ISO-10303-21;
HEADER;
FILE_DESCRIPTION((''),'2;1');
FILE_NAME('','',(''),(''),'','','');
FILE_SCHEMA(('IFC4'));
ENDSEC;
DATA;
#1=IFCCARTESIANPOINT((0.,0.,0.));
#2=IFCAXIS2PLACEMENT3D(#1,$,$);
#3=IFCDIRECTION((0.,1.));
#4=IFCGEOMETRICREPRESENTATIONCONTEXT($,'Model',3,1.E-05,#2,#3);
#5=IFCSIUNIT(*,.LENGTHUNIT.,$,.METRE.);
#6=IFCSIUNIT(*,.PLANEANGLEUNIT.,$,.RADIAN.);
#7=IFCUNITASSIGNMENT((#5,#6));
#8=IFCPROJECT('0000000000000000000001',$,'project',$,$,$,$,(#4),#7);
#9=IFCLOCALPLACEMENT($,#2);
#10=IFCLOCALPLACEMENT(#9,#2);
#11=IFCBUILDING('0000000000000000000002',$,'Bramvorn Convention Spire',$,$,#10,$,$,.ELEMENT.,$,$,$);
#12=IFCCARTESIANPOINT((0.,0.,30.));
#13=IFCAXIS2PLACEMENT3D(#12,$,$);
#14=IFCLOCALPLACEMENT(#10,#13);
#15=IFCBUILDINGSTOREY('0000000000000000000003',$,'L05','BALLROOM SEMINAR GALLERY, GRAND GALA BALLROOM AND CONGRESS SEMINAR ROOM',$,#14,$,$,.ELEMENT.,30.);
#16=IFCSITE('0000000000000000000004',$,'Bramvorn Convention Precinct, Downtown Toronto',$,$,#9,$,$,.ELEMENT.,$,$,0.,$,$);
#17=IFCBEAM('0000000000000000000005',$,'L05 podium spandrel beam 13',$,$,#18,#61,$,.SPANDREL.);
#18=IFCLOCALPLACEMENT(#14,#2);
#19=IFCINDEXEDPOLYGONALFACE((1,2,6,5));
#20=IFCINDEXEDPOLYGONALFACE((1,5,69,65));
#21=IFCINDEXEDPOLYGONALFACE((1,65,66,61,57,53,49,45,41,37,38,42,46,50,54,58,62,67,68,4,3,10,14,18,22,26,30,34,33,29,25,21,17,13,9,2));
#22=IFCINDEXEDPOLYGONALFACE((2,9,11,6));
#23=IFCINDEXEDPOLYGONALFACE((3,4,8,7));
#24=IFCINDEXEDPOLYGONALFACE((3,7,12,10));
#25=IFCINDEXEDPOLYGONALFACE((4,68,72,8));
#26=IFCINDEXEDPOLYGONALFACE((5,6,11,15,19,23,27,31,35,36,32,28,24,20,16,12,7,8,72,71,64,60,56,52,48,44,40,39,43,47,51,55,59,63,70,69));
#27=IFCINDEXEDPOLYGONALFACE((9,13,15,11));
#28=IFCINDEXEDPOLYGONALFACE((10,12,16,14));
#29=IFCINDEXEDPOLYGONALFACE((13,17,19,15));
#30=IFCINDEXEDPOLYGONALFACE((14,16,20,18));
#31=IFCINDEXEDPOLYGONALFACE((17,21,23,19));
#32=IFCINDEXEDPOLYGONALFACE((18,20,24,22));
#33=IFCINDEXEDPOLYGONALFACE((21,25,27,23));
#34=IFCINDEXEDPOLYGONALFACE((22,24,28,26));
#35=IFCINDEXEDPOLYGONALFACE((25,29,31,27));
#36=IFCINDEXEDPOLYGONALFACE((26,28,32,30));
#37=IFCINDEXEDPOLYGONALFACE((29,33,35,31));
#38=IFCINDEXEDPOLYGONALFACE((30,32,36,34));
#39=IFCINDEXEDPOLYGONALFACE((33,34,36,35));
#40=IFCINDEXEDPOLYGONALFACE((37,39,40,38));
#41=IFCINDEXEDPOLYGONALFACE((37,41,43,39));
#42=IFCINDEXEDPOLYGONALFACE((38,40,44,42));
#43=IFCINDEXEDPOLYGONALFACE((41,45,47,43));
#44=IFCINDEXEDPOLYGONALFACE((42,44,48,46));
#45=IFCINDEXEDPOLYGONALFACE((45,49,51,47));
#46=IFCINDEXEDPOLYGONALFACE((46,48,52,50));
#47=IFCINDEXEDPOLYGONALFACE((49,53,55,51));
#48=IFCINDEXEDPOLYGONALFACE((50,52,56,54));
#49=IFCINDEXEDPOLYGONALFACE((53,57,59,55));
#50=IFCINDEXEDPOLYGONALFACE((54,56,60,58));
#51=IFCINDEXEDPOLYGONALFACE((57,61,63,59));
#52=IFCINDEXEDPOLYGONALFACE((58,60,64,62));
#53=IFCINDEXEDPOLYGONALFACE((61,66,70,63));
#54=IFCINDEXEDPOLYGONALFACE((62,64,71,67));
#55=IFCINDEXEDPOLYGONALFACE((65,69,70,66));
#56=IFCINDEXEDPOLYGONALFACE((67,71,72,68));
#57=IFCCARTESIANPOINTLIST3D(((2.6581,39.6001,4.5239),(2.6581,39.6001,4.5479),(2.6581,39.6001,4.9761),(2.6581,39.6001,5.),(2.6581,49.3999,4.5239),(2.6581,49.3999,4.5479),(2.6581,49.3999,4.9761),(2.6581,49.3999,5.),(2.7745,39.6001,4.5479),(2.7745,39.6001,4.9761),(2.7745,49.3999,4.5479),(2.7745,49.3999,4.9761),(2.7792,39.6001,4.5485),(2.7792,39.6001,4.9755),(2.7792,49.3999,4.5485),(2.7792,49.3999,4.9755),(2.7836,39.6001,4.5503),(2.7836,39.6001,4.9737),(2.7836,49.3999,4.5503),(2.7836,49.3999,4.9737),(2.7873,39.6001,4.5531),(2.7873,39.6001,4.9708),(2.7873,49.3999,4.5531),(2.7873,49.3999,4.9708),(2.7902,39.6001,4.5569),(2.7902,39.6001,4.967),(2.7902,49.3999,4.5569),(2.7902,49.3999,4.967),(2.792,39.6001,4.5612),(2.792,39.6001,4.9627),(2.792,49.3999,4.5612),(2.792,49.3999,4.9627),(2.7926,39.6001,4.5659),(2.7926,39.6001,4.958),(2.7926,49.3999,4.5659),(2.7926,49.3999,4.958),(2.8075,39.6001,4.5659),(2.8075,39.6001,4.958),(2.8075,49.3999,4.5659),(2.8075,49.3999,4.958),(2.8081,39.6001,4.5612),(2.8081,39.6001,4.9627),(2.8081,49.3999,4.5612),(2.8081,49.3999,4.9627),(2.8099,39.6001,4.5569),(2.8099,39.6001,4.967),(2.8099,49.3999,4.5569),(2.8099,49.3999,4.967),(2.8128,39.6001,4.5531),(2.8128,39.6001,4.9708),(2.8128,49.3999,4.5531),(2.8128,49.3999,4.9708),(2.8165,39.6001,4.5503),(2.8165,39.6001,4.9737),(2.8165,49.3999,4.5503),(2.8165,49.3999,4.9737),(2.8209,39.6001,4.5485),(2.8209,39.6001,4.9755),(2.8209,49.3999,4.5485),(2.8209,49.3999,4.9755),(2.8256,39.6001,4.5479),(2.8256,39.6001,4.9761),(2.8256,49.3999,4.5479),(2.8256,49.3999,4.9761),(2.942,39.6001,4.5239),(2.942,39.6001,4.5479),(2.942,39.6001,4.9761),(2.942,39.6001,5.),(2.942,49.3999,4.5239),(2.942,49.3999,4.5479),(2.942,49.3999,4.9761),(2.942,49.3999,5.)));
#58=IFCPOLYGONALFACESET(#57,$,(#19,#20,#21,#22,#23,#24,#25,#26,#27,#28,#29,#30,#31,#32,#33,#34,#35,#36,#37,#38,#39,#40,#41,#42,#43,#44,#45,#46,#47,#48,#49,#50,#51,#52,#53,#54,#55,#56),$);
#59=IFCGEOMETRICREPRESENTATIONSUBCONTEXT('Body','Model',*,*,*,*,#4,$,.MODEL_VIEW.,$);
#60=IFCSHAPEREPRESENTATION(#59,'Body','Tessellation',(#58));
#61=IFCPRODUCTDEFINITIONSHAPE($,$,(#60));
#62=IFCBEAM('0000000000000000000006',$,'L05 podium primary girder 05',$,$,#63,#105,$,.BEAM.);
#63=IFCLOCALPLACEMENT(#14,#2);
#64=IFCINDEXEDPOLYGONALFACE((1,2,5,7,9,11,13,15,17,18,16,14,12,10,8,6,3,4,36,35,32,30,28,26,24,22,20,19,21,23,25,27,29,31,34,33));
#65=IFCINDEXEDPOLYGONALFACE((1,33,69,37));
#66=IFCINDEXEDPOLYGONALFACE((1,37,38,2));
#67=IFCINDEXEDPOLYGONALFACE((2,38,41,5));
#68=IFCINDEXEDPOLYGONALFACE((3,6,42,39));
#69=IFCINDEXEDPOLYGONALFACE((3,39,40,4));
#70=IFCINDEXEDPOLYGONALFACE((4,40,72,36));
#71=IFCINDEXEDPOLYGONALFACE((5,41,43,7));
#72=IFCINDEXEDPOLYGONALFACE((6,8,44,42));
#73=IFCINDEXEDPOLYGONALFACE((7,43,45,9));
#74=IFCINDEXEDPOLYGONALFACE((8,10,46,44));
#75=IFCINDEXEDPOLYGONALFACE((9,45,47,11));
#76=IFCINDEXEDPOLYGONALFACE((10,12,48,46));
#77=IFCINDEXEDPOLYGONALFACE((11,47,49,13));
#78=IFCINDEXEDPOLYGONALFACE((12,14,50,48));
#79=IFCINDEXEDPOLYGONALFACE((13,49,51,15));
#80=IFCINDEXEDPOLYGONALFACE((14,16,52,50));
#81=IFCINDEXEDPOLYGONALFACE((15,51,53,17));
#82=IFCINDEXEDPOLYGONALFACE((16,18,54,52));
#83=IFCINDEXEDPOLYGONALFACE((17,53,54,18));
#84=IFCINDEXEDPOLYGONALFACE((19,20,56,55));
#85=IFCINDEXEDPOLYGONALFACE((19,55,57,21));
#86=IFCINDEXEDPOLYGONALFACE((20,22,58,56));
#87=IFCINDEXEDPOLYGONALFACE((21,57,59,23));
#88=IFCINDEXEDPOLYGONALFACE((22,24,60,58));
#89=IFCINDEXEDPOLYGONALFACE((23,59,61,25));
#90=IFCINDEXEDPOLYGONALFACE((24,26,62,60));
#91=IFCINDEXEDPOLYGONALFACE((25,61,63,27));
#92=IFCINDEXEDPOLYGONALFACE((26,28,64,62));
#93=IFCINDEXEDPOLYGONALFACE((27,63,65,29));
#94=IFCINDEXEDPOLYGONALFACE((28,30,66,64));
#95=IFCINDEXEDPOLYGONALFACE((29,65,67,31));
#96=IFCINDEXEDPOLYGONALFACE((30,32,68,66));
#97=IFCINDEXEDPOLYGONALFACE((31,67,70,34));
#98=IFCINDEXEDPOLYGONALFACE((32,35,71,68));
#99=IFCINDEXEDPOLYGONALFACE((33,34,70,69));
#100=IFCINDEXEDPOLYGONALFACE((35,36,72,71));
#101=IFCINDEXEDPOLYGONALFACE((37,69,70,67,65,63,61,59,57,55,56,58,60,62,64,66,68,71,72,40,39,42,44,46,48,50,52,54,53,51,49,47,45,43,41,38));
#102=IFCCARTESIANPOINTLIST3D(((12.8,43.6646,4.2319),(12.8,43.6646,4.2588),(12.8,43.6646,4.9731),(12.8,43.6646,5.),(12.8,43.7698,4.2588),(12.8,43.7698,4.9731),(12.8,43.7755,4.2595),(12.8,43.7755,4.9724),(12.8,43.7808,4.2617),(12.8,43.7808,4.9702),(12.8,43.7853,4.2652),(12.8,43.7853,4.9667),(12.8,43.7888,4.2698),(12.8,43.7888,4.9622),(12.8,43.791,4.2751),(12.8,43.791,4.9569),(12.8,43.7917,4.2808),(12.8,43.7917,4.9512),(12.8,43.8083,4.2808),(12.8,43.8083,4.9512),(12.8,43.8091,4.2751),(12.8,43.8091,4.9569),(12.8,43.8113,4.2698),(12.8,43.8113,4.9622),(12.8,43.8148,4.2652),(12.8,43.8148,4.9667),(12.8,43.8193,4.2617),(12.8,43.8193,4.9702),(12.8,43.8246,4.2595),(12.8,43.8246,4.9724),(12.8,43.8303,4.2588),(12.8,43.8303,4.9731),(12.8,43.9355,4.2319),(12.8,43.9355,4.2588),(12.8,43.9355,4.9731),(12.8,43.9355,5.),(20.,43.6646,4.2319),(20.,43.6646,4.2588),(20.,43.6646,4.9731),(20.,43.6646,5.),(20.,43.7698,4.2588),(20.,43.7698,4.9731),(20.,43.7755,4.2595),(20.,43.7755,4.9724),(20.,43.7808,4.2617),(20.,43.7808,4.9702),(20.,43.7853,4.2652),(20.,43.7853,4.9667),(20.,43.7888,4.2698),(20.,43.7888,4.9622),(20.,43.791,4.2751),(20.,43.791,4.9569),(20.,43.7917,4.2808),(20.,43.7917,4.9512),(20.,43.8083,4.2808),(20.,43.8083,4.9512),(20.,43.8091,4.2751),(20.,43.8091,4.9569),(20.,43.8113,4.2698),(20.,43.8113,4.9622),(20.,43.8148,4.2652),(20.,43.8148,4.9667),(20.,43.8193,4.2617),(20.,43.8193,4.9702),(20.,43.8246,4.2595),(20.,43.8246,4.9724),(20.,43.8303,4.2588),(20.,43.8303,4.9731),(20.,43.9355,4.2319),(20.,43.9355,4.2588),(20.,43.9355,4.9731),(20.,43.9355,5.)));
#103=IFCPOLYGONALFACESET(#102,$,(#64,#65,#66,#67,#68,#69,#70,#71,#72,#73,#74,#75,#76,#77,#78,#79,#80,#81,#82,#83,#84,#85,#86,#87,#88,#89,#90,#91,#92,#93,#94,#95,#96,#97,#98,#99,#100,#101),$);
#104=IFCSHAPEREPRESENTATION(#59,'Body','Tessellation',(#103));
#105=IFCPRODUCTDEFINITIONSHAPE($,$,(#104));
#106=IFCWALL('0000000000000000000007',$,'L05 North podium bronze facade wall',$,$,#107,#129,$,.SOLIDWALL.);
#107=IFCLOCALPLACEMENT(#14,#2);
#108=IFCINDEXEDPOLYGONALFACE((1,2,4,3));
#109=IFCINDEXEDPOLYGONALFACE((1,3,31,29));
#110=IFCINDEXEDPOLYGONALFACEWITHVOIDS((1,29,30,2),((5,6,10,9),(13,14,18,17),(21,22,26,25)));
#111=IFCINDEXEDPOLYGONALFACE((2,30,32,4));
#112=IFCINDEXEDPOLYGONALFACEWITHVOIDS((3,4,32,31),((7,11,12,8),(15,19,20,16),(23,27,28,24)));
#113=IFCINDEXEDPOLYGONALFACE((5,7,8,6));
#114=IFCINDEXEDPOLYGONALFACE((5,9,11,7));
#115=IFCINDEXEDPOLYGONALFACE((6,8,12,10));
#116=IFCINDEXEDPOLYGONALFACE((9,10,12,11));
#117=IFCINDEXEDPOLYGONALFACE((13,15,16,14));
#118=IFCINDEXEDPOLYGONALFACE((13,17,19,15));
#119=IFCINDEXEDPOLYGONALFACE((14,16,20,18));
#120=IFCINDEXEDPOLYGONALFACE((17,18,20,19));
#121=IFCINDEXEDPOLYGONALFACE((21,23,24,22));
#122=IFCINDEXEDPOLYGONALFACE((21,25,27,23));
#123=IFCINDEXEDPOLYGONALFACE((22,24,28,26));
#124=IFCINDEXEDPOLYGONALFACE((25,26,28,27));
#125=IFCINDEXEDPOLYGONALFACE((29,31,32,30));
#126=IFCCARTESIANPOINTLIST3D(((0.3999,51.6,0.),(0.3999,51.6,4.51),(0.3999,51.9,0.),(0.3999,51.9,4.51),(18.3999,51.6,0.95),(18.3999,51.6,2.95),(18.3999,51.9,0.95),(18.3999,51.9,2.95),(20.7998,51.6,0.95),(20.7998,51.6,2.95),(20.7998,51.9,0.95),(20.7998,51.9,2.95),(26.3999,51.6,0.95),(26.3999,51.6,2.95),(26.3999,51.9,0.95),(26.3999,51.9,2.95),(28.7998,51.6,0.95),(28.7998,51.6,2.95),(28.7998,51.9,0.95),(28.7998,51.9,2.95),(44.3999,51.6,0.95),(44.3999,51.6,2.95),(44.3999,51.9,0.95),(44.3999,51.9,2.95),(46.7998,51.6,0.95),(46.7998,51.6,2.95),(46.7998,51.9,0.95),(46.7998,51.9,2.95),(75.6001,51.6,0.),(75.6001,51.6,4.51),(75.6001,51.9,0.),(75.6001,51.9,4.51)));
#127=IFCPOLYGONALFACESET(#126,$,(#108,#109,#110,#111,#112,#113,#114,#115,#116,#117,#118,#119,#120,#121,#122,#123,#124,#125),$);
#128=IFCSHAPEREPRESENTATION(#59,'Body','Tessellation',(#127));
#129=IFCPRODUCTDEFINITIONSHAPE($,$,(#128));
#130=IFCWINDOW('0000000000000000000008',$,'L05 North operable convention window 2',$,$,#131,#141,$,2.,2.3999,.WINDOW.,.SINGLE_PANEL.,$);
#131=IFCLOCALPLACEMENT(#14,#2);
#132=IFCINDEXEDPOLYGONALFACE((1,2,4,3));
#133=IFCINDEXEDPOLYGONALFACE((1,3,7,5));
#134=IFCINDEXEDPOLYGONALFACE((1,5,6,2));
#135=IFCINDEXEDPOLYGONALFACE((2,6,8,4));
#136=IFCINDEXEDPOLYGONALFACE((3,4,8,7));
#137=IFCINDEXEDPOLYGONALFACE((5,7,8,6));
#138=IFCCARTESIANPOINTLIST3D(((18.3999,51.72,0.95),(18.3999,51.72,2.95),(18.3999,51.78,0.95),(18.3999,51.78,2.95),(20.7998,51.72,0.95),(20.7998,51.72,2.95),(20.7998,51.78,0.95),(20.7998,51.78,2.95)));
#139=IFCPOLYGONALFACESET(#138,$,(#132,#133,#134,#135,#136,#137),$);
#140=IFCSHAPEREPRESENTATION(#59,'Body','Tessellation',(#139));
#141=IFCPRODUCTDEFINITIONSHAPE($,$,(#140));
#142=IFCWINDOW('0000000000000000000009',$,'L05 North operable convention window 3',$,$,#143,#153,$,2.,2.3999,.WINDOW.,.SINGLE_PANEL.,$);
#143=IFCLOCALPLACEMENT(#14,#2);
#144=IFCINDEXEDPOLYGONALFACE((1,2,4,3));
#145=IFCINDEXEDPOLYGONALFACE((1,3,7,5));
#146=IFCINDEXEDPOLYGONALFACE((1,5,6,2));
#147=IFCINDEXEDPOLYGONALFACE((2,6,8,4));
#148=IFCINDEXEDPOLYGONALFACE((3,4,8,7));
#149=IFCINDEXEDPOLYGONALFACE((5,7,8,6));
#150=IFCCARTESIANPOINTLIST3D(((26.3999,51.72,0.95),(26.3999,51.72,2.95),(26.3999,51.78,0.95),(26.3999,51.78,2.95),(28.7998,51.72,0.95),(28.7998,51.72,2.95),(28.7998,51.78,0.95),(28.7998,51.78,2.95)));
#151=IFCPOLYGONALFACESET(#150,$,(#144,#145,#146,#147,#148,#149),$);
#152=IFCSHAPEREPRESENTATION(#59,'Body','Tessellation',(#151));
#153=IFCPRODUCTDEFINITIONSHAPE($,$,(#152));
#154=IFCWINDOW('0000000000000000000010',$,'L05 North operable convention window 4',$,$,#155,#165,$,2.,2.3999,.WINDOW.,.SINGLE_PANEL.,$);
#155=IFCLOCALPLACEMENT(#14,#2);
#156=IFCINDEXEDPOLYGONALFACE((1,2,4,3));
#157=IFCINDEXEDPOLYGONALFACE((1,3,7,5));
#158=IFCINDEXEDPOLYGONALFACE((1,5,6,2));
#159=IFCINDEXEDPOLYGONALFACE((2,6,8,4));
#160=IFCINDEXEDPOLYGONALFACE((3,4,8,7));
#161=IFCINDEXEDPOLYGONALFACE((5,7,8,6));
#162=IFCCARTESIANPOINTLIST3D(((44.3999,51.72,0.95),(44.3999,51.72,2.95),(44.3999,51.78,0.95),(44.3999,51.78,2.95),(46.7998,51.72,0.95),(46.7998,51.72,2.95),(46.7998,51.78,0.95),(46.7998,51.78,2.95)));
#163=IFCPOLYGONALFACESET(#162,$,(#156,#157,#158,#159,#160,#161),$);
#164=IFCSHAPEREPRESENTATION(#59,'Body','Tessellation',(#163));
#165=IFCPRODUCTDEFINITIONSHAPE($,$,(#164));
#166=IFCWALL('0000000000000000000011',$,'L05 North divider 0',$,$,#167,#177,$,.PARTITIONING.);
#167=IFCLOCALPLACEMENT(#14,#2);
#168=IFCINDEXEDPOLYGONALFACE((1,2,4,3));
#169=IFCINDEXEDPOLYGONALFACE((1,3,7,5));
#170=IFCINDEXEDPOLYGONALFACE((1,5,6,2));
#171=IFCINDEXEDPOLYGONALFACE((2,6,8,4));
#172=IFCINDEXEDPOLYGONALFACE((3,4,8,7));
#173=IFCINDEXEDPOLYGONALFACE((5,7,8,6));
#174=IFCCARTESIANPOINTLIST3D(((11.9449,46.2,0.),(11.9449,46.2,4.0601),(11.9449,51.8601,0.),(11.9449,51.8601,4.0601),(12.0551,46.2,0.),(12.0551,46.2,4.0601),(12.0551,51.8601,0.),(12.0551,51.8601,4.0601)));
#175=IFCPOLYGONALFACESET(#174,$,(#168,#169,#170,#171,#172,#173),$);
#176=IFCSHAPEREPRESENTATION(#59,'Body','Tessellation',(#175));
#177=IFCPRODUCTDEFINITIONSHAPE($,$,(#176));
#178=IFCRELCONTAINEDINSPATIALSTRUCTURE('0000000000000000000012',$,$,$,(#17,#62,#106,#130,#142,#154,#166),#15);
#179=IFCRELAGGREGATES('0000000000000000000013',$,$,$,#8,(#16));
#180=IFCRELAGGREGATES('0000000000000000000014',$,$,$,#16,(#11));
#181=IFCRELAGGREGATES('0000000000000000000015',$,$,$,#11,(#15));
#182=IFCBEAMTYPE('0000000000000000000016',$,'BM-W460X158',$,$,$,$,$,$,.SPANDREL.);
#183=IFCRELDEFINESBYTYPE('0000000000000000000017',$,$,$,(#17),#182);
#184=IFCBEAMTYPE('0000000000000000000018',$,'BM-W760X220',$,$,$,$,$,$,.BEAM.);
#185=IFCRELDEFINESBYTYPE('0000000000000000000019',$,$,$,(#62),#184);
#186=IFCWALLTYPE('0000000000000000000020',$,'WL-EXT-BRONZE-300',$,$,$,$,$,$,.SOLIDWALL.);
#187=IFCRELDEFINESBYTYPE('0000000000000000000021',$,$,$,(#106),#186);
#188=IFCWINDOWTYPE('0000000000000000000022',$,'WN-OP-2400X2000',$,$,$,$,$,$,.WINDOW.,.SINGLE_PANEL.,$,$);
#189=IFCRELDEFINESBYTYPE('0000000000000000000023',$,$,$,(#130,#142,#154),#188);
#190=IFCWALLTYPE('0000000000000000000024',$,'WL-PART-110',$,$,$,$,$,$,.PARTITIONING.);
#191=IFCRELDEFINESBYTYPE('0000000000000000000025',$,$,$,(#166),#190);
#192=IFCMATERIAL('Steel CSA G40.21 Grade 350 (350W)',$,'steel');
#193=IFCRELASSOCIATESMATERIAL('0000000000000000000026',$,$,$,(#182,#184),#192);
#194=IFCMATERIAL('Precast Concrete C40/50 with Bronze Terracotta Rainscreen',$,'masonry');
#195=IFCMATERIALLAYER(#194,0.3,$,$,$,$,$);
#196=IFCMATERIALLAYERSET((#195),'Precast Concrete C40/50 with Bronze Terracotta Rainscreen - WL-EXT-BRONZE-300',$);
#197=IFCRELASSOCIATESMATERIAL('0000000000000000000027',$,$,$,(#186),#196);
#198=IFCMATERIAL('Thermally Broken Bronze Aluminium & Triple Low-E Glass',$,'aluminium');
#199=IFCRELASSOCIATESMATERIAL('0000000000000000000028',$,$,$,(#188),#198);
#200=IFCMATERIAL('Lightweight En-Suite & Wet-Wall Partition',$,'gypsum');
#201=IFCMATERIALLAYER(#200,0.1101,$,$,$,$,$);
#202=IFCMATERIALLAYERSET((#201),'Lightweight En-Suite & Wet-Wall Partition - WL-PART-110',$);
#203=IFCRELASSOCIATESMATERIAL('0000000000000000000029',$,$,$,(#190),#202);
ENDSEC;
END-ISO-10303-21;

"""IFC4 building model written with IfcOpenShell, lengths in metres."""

from ifc_helpers import new_model, si_unit, direction, frame, frame_2d, origin, origin_2d, place, context, subcontext, project, spatial, rectangle, i_section, extrude, material, layer, layer_set, material_profile, profile_set, type_object, element, fill, save


model = new_model("IFC4")

# Units and contexts
model_context = context("Model", 3, precision=1e-05, world=origin(), true_north=direction((0.0, 1.0)))
body_context = subcontext(model_context, "Body", "Model", "MODEL_VIEW")
ifc_project = project(units=[si_unit("LENGTHUNIT", "METRE"), si_unit("PLANEANGLEUNIT", "RADIAN")], contexts=[model_context])

# Site, building, storey
site_placement = place(None, origin())
site = spatial("IfcSite", under=ifc_project, at=site_placement, Name="Bramvorn Convention Precinct, Downtown Toronto", CompositionType="ELEMENT", RefElevation=0.0)
building_placement = place(site_placement, origin())
building = spatial("IfcBuilding", under=site, at=building_placement, Name="Bramvorn Convention Spire", CompositionType="ELEMENT")
storey_placement = place(building_placement, frame((0.0, 0.0, 30.0)))
storey = spatial("IfcBuildingStorey", under=building, at=storey_placement, Name="L05", Description="BALLROOM SEMINAR GALLERY, GRAND GALA BALLROOM AND CONGRESS SEMINAR ROOM", CompositionType="ELEMENT", Elevation=30.0)

# Shared definitions
ifc_material_1 = material(Name="Steel CSA G40.21 Grade 350 (350W)", Category="steel")

# Beams
ifc_material_profile_1 = material_profile(ifc_material_1, i_section(OverallWidth=0.2839, OverallDepth=0.4761, WebThickness=0.0149, FlangeThickness=0.0239, FilletRadius=0.0181, at=origin_2d()))
ifc_profile_set_1 = profile_set([ifc_material_profile_1], Name="Steel CSA G40.21 Grade 350 (350W) - W460X158")
beam_type_1 = type_object("IfcBeamType", Name="BM-W460X158", PredefinedType="SPANDREL", material=ifc_profile_set_1)
beam_1_placement = place(storey_placement, frame((2.8, 49.3999, 4.762), z_axis=(0.0, -1.0, 0.0), x_axis=(1.0, 0.0, 0.0)))
element("IfcBeam", 1, at=beam_1_placement, inside=storey, type_object=beam_type_1, Name="L05 podium spandrel beam 13", PredefinedType="SPANDREL", context=body_context, shape_type="SweptSolid", body=[
    extrude(i_section(OverallWidth=0.2839, OverallDepth=0.4761, WebThickness=0.0149, FlangeThickness=0.0239, FilletRadius=0.0181, at=origin_2d()), origin(), (0.0, 0.0, 1.0), 9.7998),
])
ifc_material_profile_2 = material_profile(ifc_material_1, i_section(OverallWidth=0.271, OverallDepth=0.7681, WebThickness=0.0166, FlangeThickness=0.0269, FilletRadius=0.022, at=origin_2d()))
ifc_profile_set_2 = profile_set([ifc_material_profile_2], Name="Steel CSA G40.21 Grade 350 (350W) - W760X220")
beam_type_2 = type_object("IfcBeamType", Name="BM-W760X220", PredefinedType="BEAM", material=ifc_profile_set_2)
beam_2_placement = place(storey_placement, frame((12.8, 43.8, 4.616), z_axis=(1.0, 0.0, 0.0), x_axis=(0.0, 1.0, 0.0)))
element("IfcBeam", 2, at=beam_2_placement, inside=storey, type_object=beam_type_2, Name="L05 podium primary girder 05", PredefinedType="BEAM", context=body_context, shape_type="SweptSolid", body=[
    extrude(i_section(OverallWidth=0.271, OverallDepth=0.7681, WebThickness=0.0166, FlangeThickness=0.0269, FilletRadius=0.022, at=origin_2d()), origin(), (0.0, 0.0, 1.0), 7.2),
])

# Wall, openings, windows
ifc_material_2 = material(Name="Precast Concrete C40/50 with Bronze Terracotta Rainscreen", Category="masonry")
ifc_layer_1 = layer(ifc_material_2, 0.3)
ifc_layer_set_1 = layer_set([ifc_layer_1], Name="Precast Concrete C40/50 with Bronze Terracotta Rainscreen - WL-EXT-BRONZE-300")
wall_type_1 = type_object("IfcWallType", Name="WL-EXT-BRONZE-300", PredefinedType="SOLIDWALL", material=ifc_layer_set_1)
wall_1_placement = place(storey_placement, frame((0.3999, 51.75, 0.0), z_axis=(0.0, 0.0, 1.0), x_axis=(1.0, 0.0, 0.0)))
wall_1 = element("IfcWall", 3, at=wall_1_placement, inside=storey, type_object=wall_type_1, Name="L05 North podium bronze facade wall", PredefinedType="SOLIDWALL", context=body_context, shape_type="SweptSolid", body=[
    extrude(rectangle(XDim=75.2002, YDim=0.3, at=frame_2d((37.6001, 0.0))), origin(), (0.0, 0.0, 1.0), 4.51),
])
opening_1_placement = place(wall_1_placement, frame((18.0, 0.0, 0.95)))
opening_1 = element("IfcOpeningElement", 4, at=opening_1_placement, cuts=wall_1, PredefinedType="OPENING", context=body_context, shape_type="SweptSolid", body=[
    extrude(rectangle(XDim=2.3999, YDim=2.0, at=frame_2d((1.2, 1.0))), frame((0.0, 0.1599, 0.0), z_axis=(0.0, -1.0, 0.0), x_axis=(1.0, 0.0, 0.0)), (0.0, 0.0, 1.0), 0.3201),
])
opening_2_placement = place(wall_1_placement, frame((26.0, 0.0, 0.95)))
opening_2 = element("IfcOpeningElement", 5, at=opening_2_placement, cuts=wall_1, PredefinedType="OPENING", context=body_context, shape_type="SweptSolid", body=[
    extrude(rectangle(XDim=2.3999, YDim=2.0, at=frame_2d((1.2, 1.0))), frame((0.0, 0.1599, 0.0), z_axis=(0.0, -1.0, 0.0), x_axis=(1.0, 0.0, 0.0)), (0.0, 0.0, 1.0), 0.3201),
])
opening_3_placement = place(wall_1_placement, frame((44.0, 0.0, 0.95)))
opening_3 = element("IfcOpeningElement", 6, at=opening_3_placement, cuts=wall_1, PredefinedType="OPENING", context=body_context, shape_type="SweptSolid", body=[
    extrude(rectangle(XDim=2.3999, YDim=2.0, at=frame_2d((1.2, 1.0))), frame((0.0, 0.1599, 0.0), z_axis=(0.0, -1.0, 0.0), x_axis=(1.0, 0.0, 0.0)), (0.0, 0.0, 1.0), 0.3201),
])
ifc_material_3 = material(Name="Thermally Broken Bronze Aluminium & Triple Low-E Glass", Category="aluminium")
window_type = type_object("IfcWindowType", Name="WN-OP-2400X2000", PartitioningType="SINGLE_PANEL", PredefinedType="WINDOW", material=ifc_material_3)
window_1_placement = place(opening_1_placement, origin())
window_1 = element("IfcWindow", 7, at=window_1_placement, inside=storey, type_object=window_type, Name="L05 North operable convention window 2", OverallHeight=2.0, OverallWidth=2.3999, PartitioningType="SINGLE_PANEL", PredefinedType="WINDOW", context=body_context, shape_type="SweptSolid", body=[
    extrude(rectangle(XDim=2.3999, YDim=2.0, at=frame_2d((1.2, 1.0))), frame((0.0, 0.03, 0.0), z_axis=(0.0, -1.0, 0.0), x_axis=(1.0, 0.0, 0.0)), (0.0, 0.0, 1.0), 0.0601),
])
fill(opening_1, window_1)
window_2_placement = place(opening_2_placement, origin())
window_2 = element("IfcWindow", 8, at=window_2_placement, inside=storey, type_object=window_type, Name="L05 North operable convention window 3", OverallHeight=2.0, OverallWidth=2.3999, PartitioningType="SINGLE_PANEL", PredefinedType="WINDOW", context=body_context, shape_type="SweptSolid", body=[
    extrude(rectangle(XDim=2.3999, YDim=2.0, at=frame_2d((1.2, 1.0))), frame((0.0, 0.03, 0.0), z_axis=(0.0, -1.0, 0.0), x_axis=(1.0, 0.0, 0.0)), (0.0, 0.0, 1.0), 0.0601),
])
fill(opening_2, window_2)
window_3_placement = place(opening_3_placement, origin())
window_3 = element("IfcWindow", 9, at=window_3_placement, inside=storey, type_object=window_type, Name="L05 North operable convention window 4", OverallHeight=2.0, OverallWidth=2.3999, PartitioningType="SINGLE_PANEL", PredefinedType="WINDOW", context=body_context, shape_type="SweptSolid", body=[
    extrude(rectangle(XDim=2.3999, YDim=2.0, at=frame_2d((1.2, 1.0))), frame((0.0, 0.03, 0.0), z_axis=(0.0, -1.0, 0.0), x_axis=(1.0, 0.0, 0.0)), (0.0, 0.0, 1.0), 0.0601),
])
fill(opening_3, window_3)

# Wall
ifc_material_4 = material(Name="Lightweight En-Suite & Wet-Wall Partition", Category="gypsum")
ifc_layer_2 = layer(ifc_material_4, 0.1101)
ifc_layer_set_2 = layer_set([ifc_layer_2], Name="Lightweight En-Suite & Wet-Wall Partition - WL-PART-110")
wall_type_2 = type_object("IfcWallType", Name="WL-PART-110", PredefinedType="PARTITIONING", material=ifc_layer_set_2)
wall_2_placement = place(storey_placement, frame((12.0, 46.2, 0.0), z_axis=(0.0, 0.0, 1.0), x_axis=(0.0, 1.0, 0.0)))
element("IfcWall", 10, at=wall_2_placement, inside=storey, type_object=wall_type_2, Name="L05 North divider 0", PredefinedType="PARTITIONING", context=body_context, shape_type="SweptSolid", body=[
    extrude(rectangle(XDim=5.6602, YDim=0.1101, at=frame_2d((2.8301, 0.0))), origin(), (0.0, 0.0, 1.0), 4.0601),
])

save(model, "model.ifc")
